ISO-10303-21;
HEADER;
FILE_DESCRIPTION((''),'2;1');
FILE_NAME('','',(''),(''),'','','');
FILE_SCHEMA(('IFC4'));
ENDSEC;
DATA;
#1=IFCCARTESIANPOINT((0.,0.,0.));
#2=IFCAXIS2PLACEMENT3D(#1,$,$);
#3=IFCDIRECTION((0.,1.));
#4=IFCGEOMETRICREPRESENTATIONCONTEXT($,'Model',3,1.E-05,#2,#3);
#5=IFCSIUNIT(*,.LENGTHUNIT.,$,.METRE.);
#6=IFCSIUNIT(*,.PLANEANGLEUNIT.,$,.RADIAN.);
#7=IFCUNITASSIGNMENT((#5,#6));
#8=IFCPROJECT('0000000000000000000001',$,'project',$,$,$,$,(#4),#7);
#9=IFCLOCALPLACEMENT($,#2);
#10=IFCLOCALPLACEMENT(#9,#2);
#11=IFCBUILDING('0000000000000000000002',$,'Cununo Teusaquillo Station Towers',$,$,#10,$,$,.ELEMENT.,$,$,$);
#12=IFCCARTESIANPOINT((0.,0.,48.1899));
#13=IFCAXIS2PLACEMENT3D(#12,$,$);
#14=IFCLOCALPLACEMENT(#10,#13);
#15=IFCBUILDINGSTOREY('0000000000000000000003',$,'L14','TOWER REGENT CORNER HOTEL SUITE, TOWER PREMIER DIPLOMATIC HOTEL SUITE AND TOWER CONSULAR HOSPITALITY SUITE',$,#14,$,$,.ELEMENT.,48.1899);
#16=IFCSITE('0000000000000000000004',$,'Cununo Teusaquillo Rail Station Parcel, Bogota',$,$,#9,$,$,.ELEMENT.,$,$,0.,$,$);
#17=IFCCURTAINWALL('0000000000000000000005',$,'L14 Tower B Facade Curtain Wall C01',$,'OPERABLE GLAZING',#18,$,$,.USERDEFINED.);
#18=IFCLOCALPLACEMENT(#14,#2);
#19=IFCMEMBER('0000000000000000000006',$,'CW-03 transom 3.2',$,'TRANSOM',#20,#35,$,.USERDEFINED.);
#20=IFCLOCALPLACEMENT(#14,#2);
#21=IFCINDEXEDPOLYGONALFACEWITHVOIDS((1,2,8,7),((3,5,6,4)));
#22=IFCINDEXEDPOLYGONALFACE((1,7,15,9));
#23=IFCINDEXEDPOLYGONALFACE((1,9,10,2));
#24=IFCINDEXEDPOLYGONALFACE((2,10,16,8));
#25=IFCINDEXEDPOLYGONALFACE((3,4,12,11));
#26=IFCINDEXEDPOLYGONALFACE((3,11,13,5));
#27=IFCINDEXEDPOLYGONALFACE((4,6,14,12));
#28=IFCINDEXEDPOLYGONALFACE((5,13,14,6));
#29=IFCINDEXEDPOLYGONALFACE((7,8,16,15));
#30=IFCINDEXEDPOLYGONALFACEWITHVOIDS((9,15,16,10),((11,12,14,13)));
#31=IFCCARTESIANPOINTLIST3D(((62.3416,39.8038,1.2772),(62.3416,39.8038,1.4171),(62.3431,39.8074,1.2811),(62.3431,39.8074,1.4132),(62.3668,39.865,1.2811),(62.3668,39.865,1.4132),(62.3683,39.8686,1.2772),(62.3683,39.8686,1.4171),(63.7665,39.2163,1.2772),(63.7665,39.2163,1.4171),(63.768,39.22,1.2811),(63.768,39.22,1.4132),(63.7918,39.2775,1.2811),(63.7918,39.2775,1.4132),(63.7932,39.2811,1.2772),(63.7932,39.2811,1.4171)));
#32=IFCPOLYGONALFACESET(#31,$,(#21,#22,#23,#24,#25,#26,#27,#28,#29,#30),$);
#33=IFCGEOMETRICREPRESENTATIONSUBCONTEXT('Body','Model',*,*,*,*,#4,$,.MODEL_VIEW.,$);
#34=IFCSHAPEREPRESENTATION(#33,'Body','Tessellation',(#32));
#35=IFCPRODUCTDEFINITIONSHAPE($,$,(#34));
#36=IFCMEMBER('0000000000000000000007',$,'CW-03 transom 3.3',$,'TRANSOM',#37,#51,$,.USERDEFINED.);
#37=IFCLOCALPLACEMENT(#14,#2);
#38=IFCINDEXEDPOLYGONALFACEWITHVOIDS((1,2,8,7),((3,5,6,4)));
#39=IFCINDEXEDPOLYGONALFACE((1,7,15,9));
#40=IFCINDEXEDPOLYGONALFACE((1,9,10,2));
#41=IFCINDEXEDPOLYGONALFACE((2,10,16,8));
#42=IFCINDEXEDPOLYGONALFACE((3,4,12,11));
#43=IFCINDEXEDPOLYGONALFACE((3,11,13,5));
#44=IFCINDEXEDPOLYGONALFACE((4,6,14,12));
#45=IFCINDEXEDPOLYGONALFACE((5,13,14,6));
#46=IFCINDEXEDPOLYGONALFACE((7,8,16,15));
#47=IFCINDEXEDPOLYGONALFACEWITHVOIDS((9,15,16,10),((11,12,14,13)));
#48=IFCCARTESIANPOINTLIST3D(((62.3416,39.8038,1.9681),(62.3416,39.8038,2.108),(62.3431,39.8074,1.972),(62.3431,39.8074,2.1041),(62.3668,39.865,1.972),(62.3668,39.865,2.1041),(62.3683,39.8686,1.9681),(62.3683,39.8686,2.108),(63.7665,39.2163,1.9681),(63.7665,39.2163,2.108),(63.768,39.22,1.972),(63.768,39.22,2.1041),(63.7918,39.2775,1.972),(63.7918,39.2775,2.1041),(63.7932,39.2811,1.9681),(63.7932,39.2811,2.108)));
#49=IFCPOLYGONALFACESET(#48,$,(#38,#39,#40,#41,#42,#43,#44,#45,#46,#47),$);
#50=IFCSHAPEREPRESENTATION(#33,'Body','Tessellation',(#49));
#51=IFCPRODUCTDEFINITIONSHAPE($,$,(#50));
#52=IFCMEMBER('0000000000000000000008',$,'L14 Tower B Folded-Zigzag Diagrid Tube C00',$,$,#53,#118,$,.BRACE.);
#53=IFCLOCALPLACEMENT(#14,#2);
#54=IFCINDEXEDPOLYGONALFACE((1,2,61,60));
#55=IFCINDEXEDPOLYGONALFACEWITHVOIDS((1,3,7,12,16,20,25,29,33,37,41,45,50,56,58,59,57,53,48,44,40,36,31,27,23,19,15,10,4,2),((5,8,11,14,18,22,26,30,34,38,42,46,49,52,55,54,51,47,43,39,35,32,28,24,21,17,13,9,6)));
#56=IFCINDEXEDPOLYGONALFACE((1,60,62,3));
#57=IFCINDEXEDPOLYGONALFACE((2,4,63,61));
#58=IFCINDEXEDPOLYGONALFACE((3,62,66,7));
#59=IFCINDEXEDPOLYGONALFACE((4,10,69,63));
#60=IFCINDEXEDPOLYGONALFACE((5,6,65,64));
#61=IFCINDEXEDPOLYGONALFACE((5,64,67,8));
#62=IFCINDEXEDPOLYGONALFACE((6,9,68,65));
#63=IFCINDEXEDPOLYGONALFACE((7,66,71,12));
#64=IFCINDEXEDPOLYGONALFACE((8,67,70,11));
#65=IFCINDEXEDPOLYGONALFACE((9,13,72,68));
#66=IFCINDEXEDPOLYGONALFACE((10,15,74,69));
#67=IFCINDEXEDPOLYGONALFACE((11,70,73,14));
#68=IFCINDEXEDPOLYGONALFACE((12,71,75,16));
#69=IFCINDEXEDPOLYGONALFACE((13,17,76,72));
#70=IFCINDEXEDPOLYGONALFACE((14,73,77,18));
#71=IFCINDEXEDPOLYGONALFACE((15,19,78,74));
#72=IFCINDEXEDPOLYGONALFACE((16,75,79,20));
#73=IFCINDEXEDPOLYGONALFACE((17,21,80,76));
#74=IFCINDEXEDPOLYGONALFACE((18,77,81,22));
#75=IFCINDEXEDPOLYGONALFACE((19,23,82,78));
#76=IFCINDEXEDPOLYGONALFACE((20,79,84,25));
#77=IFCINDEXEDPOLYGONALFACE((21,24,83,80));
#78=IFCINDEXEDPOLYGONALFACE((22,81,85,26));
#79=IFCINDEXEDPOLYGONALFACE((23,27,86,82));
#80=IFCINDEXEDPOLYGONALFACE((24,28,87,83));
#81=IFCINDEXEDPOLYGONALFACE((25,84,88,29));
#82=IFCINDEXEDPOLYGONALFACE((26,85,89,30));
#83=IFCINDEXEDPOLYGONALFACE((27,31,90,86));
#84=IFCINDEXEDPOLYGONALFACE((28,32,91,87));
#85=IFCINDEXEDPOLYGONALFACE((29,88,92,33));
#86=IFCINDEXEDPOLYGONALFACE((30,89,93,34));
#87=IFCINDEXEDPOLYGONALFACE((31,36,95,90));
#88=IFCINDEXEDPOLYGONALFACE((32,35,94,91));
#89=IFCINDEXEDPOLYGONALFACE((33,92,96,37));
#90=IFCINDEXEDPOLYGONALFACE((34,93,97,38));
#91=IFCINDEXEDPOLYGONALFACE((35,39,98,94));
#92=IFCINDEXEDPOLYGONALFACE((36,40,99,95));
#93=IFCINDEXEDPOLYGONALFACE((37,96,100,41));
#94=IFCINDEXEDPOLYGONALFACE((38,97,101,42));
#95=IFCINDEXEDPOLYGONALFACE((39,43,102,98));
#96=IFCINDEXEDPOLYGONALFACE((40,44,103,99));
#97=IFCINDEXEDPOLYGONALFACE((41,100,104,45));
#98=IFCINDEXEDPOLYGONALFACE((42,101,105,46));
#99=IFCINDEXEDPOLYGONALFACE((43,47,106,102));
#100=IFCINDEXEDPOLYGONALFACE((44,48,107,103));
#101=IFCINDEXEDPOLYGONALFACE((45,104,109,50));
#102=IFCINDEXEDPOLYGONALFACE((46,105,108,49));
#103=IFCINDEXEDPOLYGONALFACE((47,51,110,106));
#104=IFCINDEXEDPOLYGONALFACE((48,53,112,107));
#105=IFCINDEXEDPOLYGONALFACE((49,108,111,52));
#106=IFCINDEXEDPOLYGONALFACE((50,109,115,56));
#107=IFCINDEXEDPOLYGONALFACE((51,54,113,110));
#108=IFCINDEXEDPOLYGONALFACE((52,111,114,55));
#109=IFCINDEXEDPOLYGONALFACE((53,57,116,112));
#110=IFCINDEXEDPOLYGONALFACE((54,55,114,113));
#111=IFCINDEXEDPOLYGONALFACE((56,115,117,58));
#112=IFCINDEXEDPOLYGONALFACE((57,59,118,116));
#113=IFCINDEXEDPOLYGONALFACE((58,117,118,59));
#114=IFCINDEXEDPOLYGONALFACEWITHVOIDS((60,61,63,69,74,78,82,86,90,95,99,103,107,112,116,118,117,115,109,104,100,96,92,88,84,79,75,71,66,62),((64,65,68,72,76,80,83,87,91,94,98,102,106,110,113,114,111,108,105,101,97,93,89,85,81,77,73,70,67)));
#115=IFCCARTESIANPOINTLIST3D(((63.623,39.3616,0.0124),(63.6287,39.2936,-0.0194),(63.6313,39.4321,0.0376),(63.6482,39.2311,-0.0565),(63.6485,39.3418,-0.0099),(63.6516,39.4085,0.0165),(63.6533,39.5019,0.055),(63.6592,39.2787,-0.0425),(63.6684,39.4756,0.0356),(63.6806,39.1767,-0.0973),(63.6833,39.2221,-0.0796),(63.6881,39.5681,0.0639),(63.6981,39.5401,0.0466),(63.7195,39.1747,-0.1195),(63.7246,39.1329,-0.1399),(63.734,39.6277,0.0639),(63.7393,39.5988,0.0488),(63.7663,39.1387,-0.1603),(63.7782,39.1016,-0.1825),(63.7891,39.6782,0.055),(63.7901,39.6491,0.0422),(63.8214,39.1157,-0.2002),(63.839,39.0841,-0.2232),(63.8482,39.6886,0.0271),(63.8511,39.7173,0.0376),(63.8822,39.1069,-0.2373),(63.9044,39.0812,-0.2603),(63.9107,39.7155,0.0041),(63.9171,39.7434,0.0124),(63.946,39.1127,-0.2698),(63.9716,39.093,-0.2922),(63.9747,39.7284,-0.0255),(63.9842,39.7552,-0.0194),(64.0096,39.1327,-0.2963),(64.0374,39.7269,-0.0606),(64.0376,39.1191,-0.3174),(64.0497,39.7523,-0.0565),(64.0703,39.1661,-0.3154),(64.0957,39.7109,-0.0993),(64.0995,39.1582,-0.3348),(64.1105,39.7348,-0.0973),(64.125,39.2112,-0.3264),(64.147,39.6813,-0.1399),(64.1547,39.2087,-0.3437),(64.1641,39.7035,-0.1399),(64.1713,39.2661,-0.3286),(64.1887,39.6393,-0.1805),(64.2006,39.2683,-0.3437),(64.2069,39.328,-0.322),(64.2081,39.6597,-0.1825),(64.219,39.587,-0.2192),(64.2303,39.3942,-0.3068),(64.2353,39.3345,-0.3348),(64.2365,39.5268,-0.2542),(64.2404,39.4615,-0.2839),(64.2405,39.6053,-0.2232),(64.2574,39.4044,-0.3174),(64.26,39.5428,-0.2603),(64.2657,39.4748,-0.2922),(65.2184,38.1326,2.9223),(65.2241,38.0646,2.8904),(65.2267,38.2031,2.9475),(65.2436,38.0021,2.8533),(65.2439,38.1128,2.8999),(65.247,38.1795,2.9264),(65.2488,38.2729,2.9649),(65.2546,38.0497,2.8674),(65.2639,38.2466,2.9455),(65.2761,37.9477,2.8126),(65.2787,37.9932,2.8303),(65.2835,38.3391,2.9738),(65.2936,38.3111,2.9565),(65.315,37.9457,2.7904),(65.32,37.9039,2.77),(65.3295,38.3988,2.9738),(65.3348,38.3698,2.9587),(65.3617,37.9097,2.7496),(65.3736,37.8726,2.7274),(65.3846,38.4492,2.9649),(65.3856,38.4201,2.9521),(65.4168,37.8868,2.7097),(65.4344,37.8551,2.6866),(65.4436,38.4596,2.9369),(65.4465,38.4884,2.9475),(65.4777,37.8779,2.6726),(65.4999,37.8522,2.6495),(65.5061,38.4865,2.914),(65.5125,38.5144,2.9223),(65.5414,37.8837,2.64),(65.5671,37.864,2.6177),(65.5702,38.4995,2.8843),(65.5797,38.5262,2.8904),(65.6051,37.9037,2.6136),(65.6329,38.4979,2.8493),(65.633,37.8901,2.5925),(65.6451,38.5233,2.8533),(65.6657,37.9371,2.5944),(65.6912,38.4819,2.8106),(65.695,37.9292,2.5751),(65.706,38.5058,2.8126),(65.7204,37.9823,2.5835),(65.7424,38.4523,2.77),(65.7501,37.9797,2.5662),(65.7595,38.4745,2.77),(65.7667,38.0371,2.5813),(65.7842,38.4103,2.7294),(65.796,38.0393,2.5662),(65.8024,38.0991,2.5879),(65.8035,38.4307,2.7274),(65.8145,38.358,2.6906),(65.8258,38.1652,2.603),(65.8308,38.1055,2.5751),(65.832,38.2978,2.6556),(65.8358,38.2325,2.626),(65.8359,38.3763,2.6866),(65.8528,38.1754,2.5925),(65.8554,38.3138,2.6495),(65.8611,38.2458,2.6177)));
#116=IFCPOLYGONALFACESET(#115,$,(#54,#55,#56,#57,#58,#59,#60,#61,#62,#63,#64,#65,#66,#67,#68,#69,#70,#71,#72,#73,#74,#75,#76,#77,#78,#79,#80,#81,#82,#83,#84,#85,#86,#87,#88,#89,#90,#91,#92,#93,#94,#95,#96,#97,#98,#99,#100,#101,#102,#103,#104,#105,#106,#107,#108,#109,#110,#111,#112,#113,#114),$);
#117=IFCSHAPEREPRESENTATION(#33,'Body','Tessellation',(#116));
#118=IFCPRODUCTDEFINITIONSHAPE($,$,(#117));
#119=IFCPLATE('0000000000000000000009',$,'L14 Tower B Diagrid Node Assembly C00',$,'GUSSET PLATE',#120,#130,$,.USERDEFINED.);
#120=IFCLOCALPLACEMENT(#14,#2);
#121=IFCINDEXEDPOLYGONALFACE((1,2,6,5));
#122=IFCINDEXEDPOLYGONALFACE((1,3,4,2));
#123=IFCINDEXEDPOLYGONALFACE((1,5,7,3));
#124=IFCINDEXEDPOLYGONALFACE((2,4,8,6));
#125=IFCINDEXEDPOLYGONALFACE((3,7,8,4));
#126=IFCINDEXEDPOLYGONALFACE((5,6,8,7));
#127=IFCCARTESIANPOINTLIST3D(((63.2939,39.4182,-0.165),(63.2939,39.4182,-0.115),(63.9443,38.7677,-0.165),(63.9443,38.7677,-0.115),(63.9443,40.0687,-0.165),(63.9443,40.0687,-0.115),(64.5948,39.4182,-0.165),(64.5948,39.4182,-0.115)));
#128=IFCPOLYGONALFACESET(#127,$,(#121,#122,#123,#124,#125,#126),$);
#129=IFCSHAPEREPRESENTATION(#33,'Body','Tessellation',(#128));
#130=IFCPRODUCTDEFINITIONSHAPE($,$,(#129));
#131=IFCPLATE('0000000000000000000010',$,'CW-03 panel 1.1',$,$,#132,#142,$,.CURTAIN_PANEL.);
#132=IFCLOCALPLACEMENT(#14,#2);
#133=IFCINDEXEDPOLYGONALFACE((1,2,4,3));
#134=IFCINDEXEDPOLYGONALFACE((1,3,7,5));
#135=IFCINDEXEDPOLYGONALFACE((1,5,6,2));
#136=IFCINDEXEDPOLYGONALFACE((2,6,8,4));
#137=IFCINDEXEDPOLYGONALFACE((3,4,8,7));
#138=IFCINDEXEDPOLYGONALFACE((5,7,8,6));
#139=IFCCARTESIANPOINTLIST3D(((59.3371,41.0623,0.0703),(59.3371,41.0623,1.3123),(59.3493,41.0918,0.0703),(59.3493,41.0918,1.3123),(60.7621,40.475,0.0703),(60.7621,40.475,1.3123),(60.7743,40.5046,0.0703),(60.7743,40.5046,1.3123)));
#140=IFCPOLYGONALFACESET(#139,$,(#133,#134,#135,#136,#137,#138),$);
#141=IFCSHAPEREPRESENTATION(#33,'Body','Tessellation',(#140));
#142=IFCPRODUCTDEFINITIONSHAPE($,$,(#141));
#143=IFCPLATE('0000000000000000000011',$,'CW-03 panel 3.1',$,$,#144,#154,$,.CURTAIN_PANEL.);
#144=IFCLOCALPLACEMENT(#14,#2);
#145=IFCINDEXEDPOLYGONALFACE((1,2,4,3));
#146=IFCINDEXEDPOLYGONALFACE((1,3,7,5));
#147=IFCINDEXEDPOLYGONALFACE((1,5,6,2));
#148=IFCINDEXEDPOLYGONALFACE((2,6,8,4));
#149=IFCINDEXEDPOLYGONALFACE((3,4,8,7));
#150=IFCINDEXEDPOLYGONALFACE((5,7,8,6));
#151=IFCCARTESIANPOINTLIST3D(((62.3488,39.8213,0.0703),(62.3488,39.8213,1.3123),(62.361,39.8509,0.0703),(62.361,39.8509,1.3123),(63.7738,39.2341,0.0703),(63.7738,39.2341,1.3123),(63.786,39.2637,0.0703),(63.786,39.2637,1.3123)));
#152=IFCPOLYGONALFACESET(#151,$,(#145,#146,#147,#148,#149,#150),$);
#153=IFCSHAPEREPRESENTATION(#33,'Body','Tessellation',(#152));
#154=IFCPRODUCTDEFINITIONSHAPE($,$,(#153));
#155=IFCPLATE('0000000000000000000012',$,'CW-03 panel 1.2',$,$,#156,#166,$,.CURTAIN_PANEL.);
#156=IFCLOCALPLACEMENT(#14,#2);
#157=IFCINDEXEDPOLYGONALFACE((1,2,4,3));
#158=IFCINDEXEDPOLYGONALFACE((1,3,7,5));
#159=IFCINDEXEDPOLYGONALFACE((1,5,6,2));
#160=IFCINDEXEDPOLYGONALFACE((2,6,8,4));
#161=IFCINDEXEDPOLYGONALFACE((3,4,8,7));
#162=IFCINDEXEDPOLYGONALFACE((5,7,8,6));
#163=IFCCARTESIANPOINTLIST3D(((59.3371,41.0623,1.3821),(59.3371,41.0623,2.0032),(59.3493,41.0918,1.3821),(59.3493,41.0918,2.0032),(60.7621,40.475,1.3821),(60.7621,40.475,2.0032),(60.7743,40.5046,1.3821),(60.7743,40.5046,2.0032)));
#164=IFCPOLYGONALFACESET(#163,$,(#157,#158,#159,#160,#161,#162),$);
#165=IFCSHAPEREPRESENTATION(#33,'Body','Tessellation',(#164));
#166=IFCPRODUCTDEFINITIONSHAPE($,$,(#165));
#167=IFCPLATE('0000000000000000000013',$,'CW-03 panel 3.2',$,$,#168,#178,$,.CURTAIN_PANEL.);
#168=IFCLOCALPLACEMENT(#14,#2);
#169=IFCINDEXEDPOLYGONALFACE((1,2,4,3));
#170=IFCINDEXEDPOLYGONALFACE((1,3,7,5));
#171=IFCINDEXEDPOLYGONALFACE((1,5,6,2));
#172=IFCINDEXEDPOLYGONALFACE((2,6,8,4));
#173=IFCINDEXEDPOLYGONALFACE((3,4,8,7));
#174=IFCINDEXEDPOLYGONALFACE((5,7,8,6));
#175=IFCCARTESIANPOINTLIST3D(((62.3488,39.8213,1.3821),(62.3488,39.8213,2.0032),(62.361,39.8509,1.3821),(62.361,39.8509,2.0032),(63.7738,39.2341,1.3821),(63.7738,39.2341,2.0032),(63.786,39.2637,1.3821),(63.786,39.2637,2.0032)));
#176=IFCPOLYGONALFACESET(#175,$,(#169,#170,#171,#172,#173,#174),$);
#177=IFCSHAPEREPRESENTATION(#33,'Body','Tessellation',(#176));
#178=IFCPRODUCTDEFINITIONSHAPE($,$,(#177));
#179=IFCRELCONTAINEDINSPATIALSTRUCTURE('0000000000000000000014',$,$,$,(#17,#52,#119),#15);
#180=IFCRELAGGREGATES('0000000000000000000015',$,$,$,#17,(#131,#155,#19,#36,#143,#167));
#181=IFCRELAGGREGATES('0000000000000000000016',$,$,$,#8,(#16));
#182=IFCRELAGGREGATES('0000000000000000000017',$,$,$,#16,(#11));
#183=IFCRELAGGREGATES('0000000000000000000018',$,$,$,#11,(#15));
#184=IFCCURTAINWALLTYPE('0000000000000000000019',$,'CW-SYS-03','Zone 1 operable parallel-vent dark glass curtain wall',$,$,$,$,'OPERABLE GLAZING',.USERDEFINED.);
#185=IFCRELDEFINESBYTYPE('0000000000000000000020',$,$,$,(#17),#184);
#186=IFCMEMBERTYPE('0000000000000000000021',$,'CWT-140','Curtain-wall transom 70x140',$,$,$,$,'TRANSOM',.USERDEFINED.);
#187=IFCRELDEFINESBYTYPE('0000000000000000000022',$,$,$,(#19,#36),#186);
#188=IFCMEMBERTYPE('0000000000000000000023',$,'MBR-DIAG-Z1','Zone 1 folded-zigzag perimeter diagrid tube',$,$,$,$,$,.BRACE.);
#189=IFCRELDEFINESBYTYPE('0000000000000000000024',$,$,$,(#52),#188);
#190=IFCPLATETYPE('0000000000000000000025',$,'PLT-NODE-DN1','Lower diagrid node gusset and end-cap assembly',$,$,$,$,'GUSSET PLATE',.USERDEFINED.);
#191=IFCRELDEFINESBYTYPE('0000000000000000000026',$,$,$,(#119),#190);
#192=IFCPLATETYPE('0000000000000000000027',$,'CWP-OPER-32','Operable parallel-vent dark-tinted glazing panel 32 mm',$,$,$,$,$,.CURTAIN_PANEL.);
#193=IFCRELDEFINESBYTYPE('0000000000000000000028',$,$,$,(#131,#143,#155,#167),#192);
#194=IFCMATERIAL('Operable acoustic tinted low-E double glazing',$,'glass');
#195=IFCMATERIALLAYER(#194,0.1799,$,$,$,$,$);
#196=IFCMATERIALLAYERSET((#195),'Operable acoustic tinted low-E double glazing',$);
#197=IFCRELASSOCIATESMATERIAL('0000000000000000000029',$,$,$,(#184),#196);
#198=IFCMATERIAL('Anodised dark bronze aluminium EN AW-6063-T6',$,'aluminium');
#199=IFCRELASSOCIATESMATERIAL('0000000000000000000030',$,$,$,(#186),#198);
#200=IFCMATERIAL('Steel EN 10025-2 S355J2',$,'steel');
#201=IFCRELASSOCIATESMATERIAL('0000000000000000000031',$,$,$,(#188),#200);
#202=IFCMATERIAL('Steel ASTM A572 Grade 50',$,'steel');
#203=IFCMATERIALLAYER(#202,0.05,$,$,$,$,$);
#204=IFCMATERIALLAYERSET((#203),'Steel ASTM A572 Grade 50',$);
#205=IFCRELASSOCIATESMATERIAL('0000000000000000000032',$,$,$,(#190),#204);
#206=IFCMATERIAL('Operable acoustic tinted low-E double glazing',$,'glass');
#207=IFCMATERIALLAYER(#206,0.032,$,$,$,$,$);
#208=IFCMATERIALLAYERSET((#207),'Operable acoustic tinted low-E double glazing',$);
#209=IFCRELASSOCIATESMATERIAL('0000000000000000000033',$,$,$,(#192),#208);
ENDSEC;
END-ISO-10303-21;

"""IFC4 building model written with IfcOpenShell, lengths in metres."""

from ifc_helpers import new_model, si_unit, direction, frame, origin, origin_2d, place, context, subcontext, project, spatial, rectangle, hollow_rectangle, hollow_circle, extrude, source, transform, mapped, material, layer, layer_set, material_profile, profile_set, type_object, element, aggregate, save


model = new_model("IFC4")

# Units and contexts
model_context = context("Model", 3, precision=1e-05, world=origin(), true_north=direction((0.0, 1.0)))
body_context = subcontext(model_context, "Body", "Model", "MODEL_VIEW")
ifc_project = project(units=[si_unit("LENGTHUNIT", "METRE"), si_unit("PLANEANGLEUNIT", "RADIAN")], contexts=[model_context])

# Site, building, storey
site_placement = place(None, origin())
site = spatial("IfcSite", under=ifc_project, at=site_placement, Name="Cununo Teusaquillo Rail Station Parcel, Bogota", CompositionType="ELEMENT", RefElevation=0.0)
building_placement = place(site_placement, origin())
building = spatial("IfcBuilding", under=site, at=building_placement, Name="Cununo Teusaquillo Station Towers", CompositionType="ELEMENT")
storey_placement = place(building_placement, frame((0.0, 0.0, 48.1899)))
storey = spatial("IfcBuildingStorey", under=building, at=storey_placement, Name="L14", Description="TOWER REGENT CORNER HOTEL SUITE, TOWER PREMIER DIPLOMATIC HOTEL SUITE AND TOWER CONSULAR HOSPITALITY SUITE", CompositionType="ELEMENT", Elevation=48.1899)

# Curtain wall, members
ifc_material_1 = material(Name="Operable acoustic tinted low-E double glazing", Category="glass")
ifc_layer_1 = layer(ifc_material_1, 0.1799)
ifc_layer_set_1 = layer_set([ifc_layer_1], Name="Operable acoustic tinted low-E double glazing")
curtain_wall_type = type_object("IfcCurtainWallType", Name="CW-SYS-03", Description="Zone 1 operable parallel-vent dark glass curtain wall", ElementType="OPERABLE GLAZING", PredefinedType="USERDEFINED", material=ifc_layer_set_1)
curtain_wall_placement = place(storey_placement, origin())
curtain_wall = element("IfcCurtainWall", 1, at=curtain_wall_placement, inside=storey, type_object=curtain_wall_type, Name="L14 Tower B Facade Curtain Wall C01", ObjectType="OPERABLE GLAZING", PredefinedType="USERDEFINED")
ifc_material_2 = material(Name="Anodised dark bronze aluminium EN AW-6063-T6", Category="aluminium")
ifc_material_profile_1 = material_profile(ifc_material_2, hollow_rectangle(XDim=0.0701, YDim=0.1399, WallThickness=0.0039, at=origin_2d()), Name="CW-TRAN-70x140")
ifc_profile_set_1 = profile_set([ifc_material_profile_1], Name="Anodised dark bronze aluminium EN AW-6063-T6")
member_type_1 = type_object("IfcMemberType", Name="CWT-140", Description="Curtain-wall transom 70x140", ElementType="TRANSOM", PredefinedType="USERDEFINED", material=ifc_profile_set_1)
member_1_placement = place(storey_placement, frame((62.355, 39.8362, 1.3472), z_axis=(0.924514, -0.381148, 0.0), x_axis=(0.381148, 0.924514, 0.0)))
member_1 = element("IfcMember", 2, at=member_1_placement, type_object=member_type_1, Name="CW-03 transom 3.2", ObjectType="TRANSOM", PredefinedType="USERDEFINED", context=body_context, shape_type="SweptSolid", body=[
    extrude(hollow_rectangle(XDim=0.0701, YDim=0.1399, WallThickness=0.0039, at=origin_2d()), origin(), (0.0, 0.0, 1.0), 1.5413),
])
member_2_placement = place(storey_placement, frame((62.355, 39.8362, 2.0381), z_axis=(0.924514, -0.381148, 0.0), x_axis=(0.381148, 0.924514, 0.0)))
member_2 = element("IfcMember", 3, at=member_2_placement, type_object=member_type_1, Name="CW-03 transom 3.3", ObjectType="TRANSOM", PredefinedType="USERDEFINED", context=body_context, shape_type="SweptSolid", body=[
    extrude(hollow_rectangle(XDim=0.0701, YDim=0.1399, WallThickness=0.0039, at=origin_2d()), origin(), (0.0, 0.0, 1.0), 1.5413),
])

# Member
ifc_material_3 = material(Name="Steel EN 10025-2 S355J2", Category="steel")
ifc_material_profile_2 = material_profile(ifc_material_3, hollow_circle(Radius=0.3601, WallThickness=0.0281, at=origin_2d()), Name="CHS 720x28")
ifc_profile_set_2 = profile_set([ifc_material_profile_2], Name="Steel EN 10025-2 S355J2")
member_type_2 = type_object("IfcMemberType", Name="MBR-DIAG-Z1", Description="Zone 1 folded-zigzag perimeter diagrid tube", PredefinedType="BRACE", material=ifc_profile_set_2)
member_3_placement = place(storey_placement, frame((63.9443, 39.4182, -0.1399), z_axis=(0.45084, -0.347288, 0.822274), x_axis=(0.61025, 0.792209, 0.0)))
element("IfcMember", 4, at=member_3_placement, inside=storey, type_object=member_type_2, Name="L14 Tower B Folded-Zigzag Diagrid Tube C00", PredefinedType="BRACE", context=body_context, shape_type="SweptSolid", body=[
    extrude(hollow_circle(Radius=0.3601, WallThickness=0.0281, at=origin_2d()), origin(), (0.0, 0.0, 1.0), 3.5388),
])

# Plates
ifc_material_4 = material(Name="Steel ASTM A572 Grade 50", Category="steel")
ifc_layer_2 = layer(ifc_material_4, 0.05)
ifc_layer_set_2 = layer_set([ifc_layer_2], Name="Steel ASTM A572 Grade 50")
plate_type_1 = type_object("IfcPlateType", Name="PLT-NODE-DN1", Description="Lower diagrid node gusset and end-cap assembly", ElementType="GUSSET PLATE", PredefinedType="USERDEFINED", material=ifc_layer_set_2)
shared_shape_1 = source(origin(), body_context, "Body", "SweptSolid", [
    extrude(rectangle(XDim=0.9199, YDim=0.9199, at=origin_2d()), origin(), (0.0, 0.0, 1.0), 0.05),
])
plate_1_placement = place(storey_placement, frame((63.9443, 39.4182, -0.165), z_axis=(0.0, 0.0, 1.0), x_axis=(0.707107, 0.707107, 0.0)))
element("IfcPlate", 5, at=plate_1_placement, inside=storey, type_object=plate_type_1, Name="L14 Tower B Diagrid Node Assembly C00", ObjectType="GUSSET PLATE", PredefinedType="USERDEFINED", context=body_context, shape_type="MappedRepresentation", body=[
    mapped(shared_shape_1, transform((0.0, 0.0, 0.0), x_axis=(1.0, 0.0, 0.0), y_axis=(0.0, 1.0, 0.0), z_axis=(0.0, 0.0, 1.0), scale=1.0)),
])
ifc_material_5 = material(Name="Operable acoustic tinted low-E double glazing", Category="glass")
ifc_layer_3 = layer(ifc_material_5, 0.032)
ifc_layer_set_3 = layer_set([ifc_layer_3], Name="Operable acoustic tinted low-E double glazing")
plate_type_2 = type_object("IfcPlateType", Name="CWP-OPER-32", Description="Operable parallel-vent dark-tinted glazing panel 32 mm", PredefinedType="CURTAIN_PANEL", material=ifc_layer_set_3)
shared_shape_2 = source(origin(), body_context, "Body", "SweptSolid", [
    extrude(rectangle(XDim=1.5413, YDim=0.032, at=origin_2d()), origin(), (0.0, 0.0, 1.0), 1.2419),
])
plate_2_placement = place(storey_placement, frame((60.0557, 40.7834, 0.0703), z_axis=(0.0, 0.0, 1.0), x_axis=(0.924572, -0.381006, 0.0)))
plate_2 = element("IfcPlate", 6, at=plate_2_placement, type_object=plate_type_2, Name="CW-03 panel 1.1", PredefinedType="CURTAIN_PANEL", context=body_context, shape_type="MappedRepresentation", body=[
    mapped(shared_shape_2, transform((0.0, 0.0, 0.0), x_axis=(1.0, 0.0, 0.0), y_axis=(0.0, 1.0, 0.0), z_axis=(0.0, 0.0, 1.0), scale=1.0)),
])
plate_3_placement = place(storey_placement, frame((63.0674, 39.5425, 0.0703), z_axis=(0.0, 0.0, 1.0), x_axis=(0.924572, -0.381006, 0.0)))
plate_3 = element("IfcPlate", 7, at=plate_3_placement, type_object=plate_type_2, Name="CW-03 panel 3.1", PredefinedType="CURTAIN_PANEL", context=body_context, shape_type="MappedRepresentation", body=[
    mapped(shared_shape_2, transform((0.0, 0.0, 0.0), x_axis=(1.0, 0.0, 0.0), y_axis=(0.0, 1.0, 0.0), z_axis=(0.0, 0.0, 1.0), scale=1.0)),
])
shared_shape_3 = source(origin(), body_context, "Body", "SweptSolid", [
    extrude(rectangle(XDim=1.5413, YDim=0.032, at=origin_2d()), origin(), (0.0, 0.0, 1.0), 0.6211),
])
plate_4_placement = place(storey_placement, frame((60.0557, 40.7834, 1.3821), z_axis=(0.0, 0.0, 1.0), x_axis=(0.924572, -0.381006, 0.0)))
plate_4 = element("IfcPlate", 8, at=plate_4_placement, type_object=plate_type_2, Name="CW-03 panel 1.2", PredefinedType="CURTAIN_PANEL", context=body_context, shape_type="MappedRepresentation", body=[
    mapped(shared_shape_3, transform((0.0, 0.0, 0.0), x_axis=(1.0, 0.0, 0.0), y_axis=(0.0, 1.0, 0.0), z_axis=(0.0, 0.0, 1.0), scale=1.0)),
])
plate_5_placement = place(storey_placement, frame((63.0674, 39.5425, 1.3821), z_axis=(0.0, 0.0, 1.0), x_axis=(0.924572, -0.381006, 0.0)))
plate_5 = element("IfcPlate", 9, at=plate_5_placement, type_object=plate_type_2, Name="CW-03 panel 3.2", PredefinedType="CURTAIN_PANEL", context=body_context, shape_type="MappedRepresentation", body=[
    mapped(shared_shape_3, transform((0.0, 0.0, 0.0), x_axis=(1.0, 0.0, 0.0), y_axis=(0.0, 1.0, 0.0), z_axis=(0.0, 0.0, 1.0), scale=1.0)),
])
aggregate(curtain_wall, [plate_2, plate_4, member_1, member_2, plate_3, plate_5])

save(model, "model.ifc")
